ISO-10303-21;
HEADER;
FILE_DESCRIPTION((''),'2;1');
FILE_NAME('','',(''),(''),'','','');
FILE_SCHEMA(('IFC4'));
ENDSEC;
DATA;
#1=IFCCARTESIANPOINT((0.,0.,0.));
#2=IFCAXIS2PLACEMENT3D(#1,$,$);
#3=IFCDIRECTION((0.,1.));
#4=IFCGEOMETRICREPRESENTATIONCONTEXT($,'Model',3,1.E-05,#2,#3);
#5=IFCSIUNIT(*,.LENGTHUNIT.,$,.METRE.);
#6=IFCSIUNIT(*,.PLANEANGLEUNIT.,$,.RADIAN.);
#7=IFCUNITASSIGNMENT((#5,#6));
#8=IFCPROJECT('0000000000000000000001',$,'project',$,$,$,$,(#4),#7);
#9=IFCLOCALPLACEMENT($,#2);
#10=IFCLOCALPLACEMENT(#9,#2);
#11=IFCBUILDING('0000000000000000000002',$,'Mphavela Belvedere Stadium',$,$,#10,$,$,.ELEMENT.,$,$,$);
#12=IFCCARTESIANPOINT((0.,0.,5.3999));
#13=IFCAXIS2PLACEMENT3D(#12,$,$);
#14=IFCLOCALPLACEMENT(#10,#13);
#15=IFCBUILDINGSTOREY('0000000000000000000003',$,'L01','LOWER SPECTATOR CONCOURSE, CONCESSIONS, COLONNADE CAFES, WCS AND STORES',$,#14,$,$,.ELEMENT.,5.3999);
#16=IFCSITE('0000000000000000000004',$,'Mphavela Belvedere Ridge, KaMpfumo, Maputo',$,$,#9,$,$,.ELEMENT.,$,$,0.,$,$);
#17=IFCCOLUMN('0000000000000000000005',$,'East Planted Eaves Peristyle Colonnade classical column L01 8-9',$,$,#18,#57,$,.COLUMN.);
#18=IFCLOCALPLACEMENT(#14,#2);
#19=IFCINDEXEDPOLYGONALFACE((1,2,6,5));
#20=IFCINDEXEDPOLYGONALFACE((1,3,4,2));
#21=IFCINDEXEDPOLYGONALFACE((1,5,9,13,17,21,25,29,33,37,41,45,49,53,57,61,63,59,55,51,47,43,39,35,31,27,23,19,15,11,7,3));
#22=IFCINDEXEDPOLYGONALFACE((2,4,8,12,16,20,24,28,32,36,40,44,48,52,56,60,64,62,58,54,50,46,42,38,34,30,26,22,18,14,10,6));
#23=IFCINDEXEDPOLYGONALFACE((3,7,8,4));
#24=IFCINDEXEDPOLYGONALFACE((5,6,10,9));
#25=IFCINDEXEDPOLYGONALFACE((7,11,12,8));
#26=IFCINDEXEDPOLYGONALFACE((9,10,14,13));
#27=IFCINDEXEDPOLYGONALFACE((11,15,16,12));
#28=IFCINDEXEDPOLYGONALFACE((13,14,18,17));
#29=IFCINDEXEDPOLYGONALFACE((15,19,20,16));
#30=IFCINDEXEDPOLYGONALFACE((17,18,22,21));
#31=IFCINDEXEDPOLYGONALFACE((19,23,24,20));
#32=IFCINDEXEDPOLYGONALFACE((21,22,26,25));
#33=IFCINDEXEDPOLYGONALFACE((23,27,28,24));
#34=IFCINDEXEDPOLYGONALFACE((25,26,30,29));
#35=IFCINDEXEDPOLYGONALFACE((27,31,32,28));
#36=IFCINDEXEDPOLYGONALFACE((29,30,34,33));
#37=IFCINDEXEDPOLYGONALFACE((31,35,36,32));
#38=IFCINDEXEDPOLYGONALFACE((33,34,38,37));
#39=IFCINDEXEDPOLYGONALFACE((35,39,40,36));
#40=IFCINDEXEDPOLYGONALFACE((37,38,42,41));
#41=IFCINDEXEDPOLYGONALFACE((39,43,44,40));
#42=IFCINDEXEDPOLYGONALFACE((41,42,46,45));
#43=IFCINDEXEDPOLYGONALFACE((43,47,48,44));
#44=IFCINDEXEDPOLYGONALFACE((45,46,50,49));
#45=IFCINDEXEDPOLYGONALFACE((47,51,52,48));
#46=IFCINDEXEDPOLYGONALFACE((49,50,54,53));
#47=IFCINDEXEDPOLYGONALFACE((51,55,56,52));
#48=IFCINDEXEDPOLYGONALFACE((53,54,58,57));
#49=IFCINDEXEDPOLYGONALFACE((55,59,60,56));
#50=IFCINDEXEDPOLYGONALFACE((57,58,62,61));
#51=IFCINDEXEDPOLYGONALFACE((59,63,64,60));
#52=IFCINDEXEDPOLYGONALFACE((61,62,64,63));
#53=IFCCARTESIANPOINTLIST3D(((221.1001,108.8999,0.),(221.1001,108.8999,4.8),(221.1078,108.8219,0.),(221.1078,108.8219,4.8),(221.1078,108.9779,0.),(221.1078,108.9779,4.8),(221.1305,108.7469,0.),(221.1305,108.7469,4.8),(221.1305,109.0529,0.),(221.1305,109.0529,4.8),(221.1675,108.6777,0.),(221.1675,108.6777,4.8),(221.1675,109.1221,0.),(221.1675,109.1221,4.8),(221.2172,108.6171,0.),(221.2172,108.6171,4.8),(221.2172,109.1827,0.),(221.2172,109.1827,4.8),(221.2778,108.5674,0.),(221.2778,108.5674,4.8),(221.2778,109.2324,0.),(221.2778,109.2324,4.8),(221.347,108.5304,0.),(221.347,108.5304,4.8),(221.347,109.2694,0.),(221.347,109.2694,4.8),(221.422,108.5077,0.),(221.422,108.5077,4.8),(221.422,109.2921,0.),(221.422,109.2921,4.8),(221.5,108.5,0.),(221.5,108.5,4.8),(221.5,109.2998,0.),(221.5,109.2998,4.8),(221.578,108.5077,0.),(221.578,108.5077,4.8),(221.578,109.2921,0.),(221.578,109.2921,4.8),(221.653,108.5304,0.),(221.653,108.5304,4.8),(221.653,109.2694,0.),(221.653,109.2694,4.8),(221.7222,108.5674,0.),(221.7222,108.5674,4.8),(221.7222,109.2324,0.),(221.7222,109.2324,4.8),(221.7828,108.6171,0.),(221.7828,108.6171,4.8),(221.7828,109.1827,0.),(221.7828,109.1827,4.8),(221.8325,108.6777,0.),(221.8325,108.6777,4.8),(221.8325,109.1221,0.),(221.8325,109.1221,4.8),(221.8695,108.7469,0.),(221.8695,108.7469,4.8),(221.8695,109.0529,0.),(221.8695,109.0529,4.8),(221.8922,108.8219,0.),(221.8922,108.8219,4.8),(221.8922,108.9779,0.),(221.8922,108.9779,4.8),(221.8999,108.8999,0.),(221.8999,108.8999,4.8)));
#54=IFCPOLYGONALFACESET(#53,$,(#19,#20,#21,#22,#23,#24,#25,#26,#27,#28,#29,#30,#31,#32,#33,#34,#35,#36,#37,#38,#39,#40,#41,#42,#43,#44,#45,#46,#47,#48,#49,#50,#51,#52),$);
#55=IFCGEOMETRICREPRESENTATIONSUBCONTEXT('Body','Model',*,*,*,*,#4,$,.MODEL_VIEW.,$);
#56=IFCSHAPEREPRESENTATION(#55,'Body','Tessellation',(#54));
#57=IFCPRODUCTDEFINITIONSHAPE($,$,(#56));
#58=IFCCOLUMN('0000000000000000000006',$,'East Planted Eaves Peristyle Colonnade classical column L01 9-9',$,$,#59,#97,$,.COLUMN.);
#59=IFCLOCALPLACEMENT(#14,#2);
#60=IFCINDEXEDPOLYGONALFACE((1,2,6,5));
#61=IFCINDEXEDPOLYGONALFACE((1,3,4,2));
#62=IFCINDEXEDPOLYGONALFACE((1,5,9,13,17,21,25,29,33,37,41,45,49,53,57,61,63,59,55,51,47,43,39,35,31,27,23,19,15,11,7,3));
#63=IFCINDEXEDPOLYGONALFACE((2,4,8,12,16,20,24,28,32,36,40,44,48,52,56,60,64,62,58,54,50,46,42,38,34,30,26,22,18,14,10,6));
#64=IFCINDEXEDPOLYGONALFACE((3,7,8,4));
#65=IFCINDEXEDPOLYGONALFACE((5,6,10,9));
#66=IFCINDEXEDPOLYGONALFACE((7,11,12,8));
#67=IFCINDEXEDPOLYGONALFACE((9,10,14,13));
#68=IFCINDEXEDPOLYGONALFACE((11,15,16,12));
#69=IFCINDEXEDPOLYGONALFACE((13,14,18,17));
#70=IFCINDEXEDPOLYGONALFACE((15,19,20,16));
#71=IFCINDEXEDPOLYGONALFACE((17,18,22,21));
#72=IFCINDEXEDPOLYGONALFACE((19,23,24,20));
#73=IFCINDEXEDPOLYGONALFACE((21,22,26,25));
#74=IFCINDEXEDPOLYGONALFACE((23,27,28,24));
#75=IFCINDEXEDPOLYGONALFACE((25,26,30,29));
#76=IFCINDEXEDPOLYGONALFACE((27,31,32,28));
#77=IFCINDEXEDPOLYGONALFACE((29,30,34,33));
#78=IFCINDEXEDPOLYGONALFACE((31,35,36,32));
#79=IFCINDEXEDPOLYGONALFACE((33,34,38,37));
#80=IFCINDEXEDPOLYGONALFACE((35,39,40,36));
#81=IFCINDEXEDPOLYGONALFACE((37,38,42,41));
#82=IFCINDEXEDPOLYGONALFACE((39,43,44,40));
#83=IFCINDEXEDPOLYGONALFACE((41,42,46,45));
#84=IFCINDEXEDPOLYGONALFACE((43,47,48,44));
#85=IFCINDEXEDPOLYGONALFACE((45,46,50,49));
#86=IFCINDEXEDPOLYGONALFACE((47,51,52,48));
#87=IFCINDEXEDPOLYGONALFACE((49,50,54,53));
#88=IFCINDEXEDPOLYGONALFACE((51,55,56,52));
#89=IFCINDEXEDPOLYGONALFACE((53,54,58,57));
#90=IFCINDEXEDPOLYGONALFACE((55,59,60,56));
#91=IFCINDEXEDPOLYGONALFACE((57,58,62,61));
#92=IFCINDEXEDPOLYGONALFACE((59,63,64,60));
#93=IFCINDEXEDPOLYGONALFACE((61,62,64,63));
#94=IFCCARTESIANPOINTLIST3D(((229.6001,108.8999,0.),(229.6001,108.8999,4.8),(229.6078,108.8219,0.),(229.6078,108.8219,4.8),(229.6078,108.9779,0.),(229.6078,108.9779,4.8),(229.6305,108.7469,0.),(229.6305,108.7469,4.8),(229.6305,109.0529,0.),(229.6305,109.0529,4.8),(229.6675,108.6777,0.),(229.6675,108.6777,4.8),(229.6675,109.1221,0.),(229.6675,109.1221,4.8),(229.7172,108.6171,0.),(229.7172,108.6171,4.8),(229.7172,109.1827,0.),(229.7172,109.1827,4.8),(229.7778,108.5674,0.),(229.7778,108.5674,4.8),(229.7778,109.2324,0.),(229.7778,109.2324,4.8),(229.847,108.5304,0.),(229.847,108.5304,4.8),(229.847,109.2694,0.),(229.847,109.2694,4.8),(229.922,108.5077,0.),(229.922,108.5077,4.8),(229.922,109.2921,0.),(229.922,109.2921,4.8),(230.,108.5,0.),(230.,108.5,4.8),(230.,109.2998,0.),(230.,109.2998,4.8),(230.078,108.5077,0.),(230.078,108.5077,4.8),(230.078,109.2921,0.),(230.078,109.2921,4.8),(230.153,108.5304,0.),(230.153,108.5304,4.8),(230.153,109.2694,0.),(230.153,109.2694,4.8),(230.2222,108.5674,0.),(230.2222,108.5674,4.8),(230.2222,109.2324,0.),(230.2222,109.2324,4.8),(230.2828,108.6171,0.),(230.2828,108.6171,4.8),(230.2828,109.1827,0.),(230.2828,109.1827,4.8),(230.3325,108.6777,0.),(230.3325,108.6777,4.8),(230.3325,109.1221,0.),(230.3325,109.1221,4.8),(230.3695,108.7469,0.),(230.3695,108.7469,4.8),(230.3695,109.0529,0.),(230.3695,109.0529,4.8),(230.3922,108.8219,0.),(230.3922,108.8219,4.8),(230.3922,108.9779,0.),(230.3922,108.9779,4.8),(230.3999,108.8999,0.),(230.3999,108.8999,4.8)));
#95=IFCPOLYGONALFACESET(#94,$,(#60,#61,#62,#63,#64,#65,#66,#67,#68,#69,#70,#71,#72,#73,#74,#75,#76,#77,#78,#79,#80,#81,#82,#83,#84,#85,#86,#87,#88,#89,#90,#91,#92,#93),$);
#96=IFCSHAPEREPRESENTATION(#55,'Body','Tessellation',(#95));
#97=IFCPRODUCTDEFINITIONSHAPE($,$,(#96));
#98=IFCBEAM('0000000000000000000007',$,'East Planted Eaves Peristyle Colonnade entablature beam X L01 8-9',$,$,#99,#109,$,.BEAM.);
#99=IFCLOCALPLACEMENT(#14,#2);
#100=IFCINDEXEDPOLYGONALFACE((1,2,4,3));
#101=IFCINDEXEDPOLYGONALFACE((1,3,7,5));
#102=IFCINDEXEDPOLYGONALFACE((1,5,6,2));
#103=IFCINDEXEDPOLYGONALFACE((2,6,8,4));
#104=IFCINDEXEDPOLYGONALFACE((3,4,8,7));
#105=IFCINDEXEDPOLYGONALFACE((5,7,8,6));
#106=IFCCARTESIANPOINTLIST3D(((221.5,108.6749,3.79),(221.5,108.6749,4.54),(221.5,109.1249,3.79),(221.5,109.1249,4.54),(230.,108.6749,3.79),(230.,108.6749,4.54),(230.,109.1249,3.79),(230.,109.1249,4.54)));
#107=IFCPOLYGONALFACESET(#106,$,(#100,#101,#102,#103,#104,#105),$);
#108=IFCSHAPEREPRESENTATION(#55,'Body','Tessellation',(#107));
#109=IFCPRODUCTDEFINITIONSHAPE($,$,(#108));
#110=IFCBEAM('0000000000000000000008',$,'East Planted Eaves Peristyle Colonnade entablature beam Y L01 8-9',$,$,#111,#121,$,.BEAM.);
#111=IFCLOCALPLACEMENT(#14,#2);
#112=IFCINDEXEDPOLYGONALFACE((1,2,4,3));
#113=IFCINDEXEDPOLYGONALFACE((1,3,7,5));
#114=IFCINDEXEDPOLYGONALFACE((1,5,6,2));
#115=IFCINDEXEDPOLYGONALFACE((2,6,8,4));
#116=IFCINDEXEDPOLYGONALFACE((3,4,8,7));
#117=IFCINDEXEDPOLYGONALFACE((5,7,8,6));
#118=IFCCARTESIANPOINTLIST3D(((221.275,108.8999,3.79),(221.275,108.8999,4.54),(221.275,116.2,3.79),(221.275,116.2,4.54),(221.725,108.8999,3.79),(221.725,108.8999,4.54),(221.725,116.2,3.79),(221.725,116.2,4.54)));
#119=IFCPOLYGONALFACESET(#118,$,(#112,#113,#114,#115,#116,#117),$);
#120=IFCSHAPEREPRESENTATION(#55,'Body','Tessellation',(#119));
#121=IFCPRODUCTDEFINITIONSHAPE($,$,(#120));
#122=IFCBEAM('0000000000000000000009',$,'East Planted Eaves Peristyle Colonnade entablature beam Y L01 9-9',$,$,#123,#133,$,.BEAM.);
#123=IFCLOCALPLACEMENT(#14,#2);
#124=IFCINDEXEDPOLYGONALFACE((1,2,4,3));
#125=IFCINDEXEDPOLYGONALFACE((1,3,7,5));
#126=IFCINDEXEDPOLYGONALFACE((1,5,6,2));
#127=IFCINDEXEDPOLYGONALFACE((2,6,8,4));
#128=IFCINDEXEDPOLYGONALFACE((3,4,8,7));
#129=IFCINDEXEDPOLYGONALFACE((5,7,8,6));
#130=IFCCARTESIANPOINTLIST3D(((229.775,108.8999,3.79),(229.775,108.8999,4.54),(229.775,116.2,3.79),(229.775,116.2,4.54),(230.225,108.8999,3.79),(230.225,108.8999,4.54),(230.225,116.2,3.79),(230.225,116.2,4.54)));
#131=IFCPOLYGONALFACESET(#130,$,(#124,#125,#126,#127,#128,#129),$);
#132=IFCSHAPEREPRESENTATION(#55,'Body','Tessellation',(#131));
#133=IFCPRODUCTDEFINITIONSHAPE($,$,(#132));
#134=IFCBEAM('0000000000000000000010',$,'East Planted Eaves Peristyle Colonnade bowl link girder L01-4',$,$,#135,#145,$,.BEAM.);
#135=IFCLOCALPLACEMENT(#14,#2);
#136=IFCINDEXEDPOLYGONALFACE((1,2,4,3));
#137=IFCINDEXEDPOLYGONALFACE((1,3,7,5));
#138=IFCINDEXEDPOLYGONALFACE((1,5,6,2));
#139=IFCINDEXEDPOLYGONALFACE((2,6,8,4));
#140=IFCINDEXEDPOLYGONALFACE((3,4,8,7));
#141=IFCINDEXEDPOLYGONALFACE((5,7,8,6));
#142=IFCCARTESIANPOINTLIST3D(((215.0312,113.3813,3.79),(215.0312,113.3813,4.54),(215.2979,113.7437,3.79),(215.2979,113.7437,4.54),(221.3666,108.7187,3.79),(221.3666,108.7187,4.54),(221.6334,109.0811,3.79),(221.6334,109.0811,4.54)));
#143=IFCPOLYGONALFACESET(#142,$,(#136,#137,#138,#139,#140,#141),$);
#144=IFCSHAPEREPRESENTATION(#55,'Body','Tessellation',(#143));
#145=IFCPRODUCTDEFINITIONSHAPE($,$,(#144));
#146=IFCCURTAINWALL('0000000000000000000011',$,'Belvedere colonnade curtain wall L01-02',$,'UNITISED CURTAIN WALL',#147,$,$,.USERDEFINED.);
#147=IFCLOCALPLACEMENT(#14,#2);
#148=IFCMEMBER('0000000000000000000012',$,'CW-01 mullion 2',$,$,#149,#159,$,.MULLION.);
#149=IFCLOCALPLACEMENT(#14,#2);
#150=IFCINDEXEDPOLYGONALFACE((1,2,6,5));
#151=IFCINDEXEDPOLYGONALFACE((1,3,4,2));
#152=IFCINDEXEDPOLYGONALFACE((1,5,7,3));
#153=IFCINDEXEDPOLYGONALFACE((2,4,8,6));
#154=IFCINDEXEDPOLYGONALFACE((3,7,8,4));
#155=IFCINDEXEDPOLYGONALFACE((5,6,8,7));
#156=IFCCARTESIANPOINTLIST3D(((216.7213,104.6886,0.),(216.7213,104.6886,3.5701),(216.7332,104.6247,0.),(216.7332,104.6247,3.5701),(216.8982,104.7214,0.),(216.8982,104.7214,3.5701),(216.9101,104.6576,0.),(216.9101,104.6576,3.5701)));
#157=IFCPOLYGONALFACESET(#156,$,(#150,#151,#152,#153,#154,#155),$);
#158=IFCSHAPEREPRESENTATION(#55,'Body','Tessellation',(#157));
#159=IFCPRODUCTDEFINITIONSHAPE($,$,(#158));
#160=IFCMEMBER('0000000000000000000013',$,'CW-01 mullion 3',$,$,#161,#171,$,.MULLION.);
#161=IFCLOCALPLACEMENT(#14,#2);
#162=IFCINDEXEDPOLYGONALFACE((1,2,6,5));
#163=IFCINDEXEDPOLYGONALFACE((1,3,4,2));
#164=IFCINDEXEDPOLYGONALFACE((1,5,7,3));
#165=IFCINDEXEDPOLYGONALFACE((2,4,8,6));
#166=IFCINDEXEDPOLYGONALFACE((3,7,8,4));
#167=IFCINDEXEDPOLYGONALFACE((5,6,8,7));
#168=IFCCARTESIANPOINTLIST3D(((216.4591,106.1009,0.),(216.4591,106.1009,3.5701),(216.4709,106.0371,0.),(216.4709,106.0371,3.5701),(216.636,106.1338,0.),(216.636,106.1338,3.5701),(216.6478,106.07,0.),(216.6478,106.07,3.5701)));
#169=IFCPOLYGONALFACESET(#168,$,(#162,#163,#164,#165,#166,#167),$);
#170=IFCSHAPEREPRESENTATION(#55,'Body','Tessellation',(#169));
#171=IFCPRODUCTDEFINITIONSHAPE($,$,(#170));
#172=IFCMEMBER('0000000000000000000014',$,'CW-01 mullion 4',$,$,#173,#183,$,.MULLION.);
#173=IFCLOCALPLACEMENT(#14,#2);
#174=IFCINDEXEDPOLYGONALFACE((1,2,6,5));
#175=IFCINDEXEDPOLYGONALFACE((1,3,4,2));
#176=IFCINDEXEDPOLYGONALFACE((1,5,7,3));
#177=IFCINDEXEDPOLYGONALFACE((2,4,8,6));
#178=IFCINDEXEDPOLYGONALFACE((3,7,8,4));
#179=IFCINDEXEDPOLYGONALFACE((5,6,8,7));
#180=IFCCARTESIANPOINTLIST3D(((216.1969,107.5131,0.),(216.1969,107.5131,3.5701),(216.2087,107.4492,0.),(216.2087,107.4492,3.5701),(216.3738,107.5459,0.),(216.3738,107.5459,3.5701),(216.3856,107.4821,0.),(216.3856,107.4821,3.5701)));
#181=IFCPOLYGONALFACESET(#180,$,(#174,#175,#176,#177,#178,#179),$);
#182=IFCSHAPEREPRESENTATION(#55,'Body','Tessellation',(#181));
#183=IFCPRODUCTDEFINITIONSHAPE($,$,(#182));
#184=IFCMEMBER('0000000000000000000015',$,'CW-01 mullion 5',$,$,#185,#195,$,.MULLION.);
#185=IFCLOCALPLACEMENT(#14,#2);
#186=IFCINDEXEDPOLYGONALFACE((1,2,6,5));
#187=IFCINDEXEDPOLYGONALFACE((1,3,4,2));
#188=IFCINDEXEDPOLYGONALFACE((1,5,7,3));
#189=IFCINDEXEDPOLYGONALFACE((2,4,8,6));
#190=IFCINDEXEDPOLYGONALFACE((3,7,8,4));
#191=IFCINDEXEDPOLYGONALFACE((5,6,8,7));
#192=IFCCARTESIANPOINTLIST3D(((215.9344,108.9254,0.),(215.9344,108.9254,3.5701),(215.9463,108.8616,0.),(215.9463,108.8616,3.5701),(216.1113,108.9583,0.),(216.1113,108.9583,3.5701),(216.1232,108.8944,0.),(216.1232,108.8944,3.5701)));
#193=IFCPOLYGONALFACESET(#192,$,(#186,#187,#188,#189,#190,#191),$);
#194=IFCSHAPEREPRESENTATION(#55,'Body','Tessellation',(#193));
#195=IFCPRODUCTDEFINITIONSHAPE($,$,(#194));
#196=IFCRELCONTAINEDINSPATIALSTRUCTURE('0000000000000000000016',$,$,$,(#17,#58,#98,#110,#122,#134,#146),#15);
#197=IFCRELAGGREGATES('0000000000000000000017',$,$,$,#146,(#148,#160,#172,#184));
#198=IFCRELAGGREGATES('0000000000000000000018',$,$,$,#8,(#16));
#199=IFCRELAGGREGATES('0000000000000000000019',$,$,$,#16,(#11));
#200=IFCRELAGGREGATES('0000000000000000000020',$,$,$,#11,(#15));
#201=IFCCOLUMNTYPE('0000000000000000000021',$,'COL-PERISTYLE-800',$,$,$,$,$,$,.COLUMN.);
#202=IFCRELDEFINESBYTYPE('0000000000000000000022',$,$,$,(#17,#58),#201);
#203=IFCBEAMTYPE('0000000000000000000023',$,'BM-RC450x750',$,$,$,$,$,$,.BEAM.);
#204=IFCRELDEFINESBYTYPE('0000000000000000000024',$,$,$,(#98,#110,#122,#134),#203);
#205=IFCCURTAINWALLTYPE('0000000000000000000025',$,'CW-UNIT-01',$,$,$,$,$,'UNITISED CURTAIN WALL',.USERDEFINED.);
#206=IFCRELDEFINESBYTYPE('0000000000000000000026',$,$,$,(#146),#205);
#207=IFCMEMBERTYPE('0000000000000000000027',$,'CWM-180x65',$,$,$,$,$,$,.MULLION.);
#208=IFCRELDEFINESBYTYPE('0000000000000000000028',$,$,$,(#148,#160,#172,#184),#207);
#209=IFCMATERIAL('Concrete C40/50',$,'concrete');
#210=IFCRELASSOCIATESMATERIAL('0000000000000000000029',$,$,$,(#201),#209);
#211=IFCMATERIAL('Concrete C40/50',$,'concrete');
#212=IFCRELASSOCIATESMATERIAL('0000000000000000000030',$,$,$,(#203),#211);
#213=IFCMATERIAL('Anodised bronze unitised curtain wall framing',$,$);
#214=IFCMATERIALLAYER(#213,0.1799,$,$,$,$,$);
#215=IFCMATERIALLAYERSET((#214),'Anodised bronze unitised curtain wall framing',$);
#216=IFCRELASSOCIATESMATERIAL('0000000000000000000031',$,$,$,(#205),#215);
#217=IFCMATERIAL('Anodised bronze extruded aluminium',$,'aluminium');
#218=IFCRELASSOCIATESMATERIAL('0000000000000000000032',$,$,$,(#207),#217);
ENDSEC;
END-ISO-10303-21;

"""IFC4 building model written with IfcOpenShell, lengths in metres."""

from ifc_helpers import new_model, si_unit, direction, frame, origin, origin_2d, place, context, subcontext, project, spatial, rectangle, circle, extrude, material, layer, layer_set, material_profile, profile_set, type_object, element, aggregate, save


model = new_model("IFC4")

# Units and contexts
model_context = context("Model", 3, precision=1e-05, world=origin(), true_north=direction((0.0, 1.0)))
body_context = subcontext(model_context, "Body", "Model", "MODEL_VIEW")
ifc_project = project(units=[si_unit("LENGTHUNIT", "METRE"), si_unit("PLANEANGLEUNIT", "RADIAN")], contexts=[model_context])

# Site, building, storey
site_placement = place(None, origin())
site = spatial("IfcSite", under=ifc_project, at=site_placement, Name="Mphavela Belvedere Ridge, KaMpfumo, Maputo", CompositionType="ELEMENT", RefElevation=0.0)
building_placement = place(site_placement, origin())
building = spatial("IfcBuilding", under=site, at=building_placement, Name="Mphavela Belvedere Stadium", CompositionType="ELEMENT")
storey_placement = place(building_placement, frame((0.0, 0.0, 5.3999)))
storey = spatial("IfcBuildingStorey", under=building, at=storey_placement, Name="L01", Description="LOWER SPECTATOR CONCOURSE, CONCESSIONS, COLONNADE CAFES, WCS AND STORES", CompositionType="ELEMENT", Elevation=5.3999)

# Columns
ifc_material_1 = material(Name="Concrete C40/50", Category="concrete")
ifc_material_profile_1 = material_profile(ifc_material_1, circle(Radius=0.3999, at=origin_2d()), Name="COL D800")
ifc_profile_set_1 = profile_set([ifc_material_profile_1], Name="Concrete C40/50")
column_type = type_object("IfcColumnType", Name="COL-PERISTYLE-800", PredefinedType="COLUMN", material=ifc_profile_set_1)
for number, where, z_axis, x_axis, name in (
    (1, (221.5, 108.8999, 0.0), (0.0, 0.0, 1.0), (1.0, 0.0, 0.0), "East Planted Eaves Peristyle Colonnade classical column L01 8-9"),
    (2, (230.0, 108.8999, 0.0), (0.0, 0.0, 1.0), (1.0, 0.0, 0.0), "East Planted Eaves Peristyle Colonnade classical column L01 9-9"),
):
    element("IfcColumn", number, at=place(storey_placement, frame(where, z_axis=z_axis, x_axis=x_axis)), inside=storey, type_object=column_type, Name=name, PredefinedType="COLUMN", context=body_context, shape_type="SweptSolid", body=[
        extrude(circle(Radius=0.3999, at=origin_2d()), origin(), (0.0, 0.0, 1.0), 4.8),
    ])

# Beams
ifc_material_2 = material(Name="Concrete C40/50", Category="concrete")
ifc_material_profile_2 = material_profile(ifc_material_2, rectangle(XDim=0.45, YDim=0.75, at=origin_2d()), Name="RC 450x750")
ifc_profile_set_2 = profile_set([ifc_material_profile_2], Name="Concrete C40/50")
beam_type = type_object("IfcBeamType", Name="BM-RC450x750", PredefinedType="BEAM", material=ifc_profile_set_2)
beam_1_placement = place(storey_placement, frame((221.5, 108.8999, 4.165), z_axis=(1.0, 0.0, 0.0), x_axis=(0.0, 1.0, 0.0)))
element("IfcBeam", 3, at=beam_1_placement, inside=storey, type_object=beam_type, Name="East Planted Eaves Peristyle Colonnade entablature beam X L01 8-9", PredefinedType="BEAM", context=body_context, shape_type="SweptSolid", body=[
    extrude(rectangle(XDim=0.45, YDim=0.75, at=origin_2d()), origin(), (0.0, 0.0, 1.0), 8.5),
])
for number, where, z_axis, x_axis, name in (
    (4, (221.5, 108.8999, 4.165), (0.0, 1.0, 0.0), (-1.0, 0.0, 0.0), "East Planted Eaves Peristyle Colonnade entablature beam Y L01 8-9"),
    (5, (230.0, 108.8999, 4.165), (0.0, 1.0, 0.0), (-1.0, 0.0, 0.0), "East Planted Eaves Peristyle Colonnade entablature beam Y L01 9-9"),
):
    element("IfcBeam", number, at=place(storey_placement, frame(where, z_axis=z_axis, x_axis=x_axis)), inside=storey, type_object=beam_type, Name=name, PredefinedType="BEAM", context=body_context, shape_type="SweptSolid", body=[
        extrude(rectangle(XDim=0.45, YDim=0.75, at=origin_2d()), origin(), (0.0, 0.0, 1.0), 7.3),
    ])
beam_2_placement = place(storey_placement, frame((221.5, 108.8999, 4.165), z_axis=(-0.805397, 0.592735, 0.0), x_axis=(-0.592735, -0.805397, 0.0)))
element("IfcBeam", 6, at=beam_2_placement, inside=storey, type_object=beam_type, Name="East Planted Eaves Peristyle Colonnade bowl link girder L01-4", PredefinedType="BEAM", context=body_context, shape_type="SweptSolid", body=[
    extrude(rectangle(XDim=0.45, YDim=0.75, at=origin_2d()), origin(), (0.0, 0.0, 1.0), 7.8662),
])

# Curtain wall, members
ifc_material_3 = material(Name="Anodised bronze unitised curtain wall framing")
ifc_layer_1 = layer(ifc_material_3, 0.1799)
ifc_layer_set_1 = layer_set([ifc_layer_1], Name="Anodised bronze unitised curtain wall framing")
curtain_wall_type = type_object("IfcCurtainWallType", Name="CW-UNIT-01", ElementType="UNITISED CURTAIN WALL", PredefinedType="USERDEFINED", material=ifc_layer_set_1)
curtain_wall_placement = place(storey_placement, origin())
curtain_wall = element("IfcCurtainWall", 7, at=curtain_wall_placement, inside=storey, type_object=curtain_wall_type, Name="Belvedere colonnade curtain wall L01-02", ObjectType="UNITISED CURTAIN WALL", PredefinedType="USERDEFINED")
ifc_material_4 = material(Name="Anodised bronze extruded aluminium", Category="aluminium")
ifc_material_profile_3 = material_profile(ifc_material_4, rectangle(XDim=0.1799, YDim=0.0649, at=origin_2d()), Name="CW-MUL 180x65")
ifc_profile_set_3 = profile_set([ifc_material_profile_3], Name="Anodised bronze extruded aluminium")
member_type_1 = type_object("IfcMemberType", Name="CWM-180x65", PredefinedType="MULLION", material=ifc_profile_set_3)
member_1_placement = place(storey_placement, frame((216.8157, 104.6731, 0.0), z_axis=(0.0, 0.0, 1.0), x_axis=(-0.983184, -0.18262, 0.0)))
member_1 = element("IfcMember", 8, at=member_1_placement, type_object=member_type_1, Name="CW-01 mullion 2", PredefinedType="MULLION", context=body_context, shape_type="SweptSolid", body=[
    extrude(rectangle(XDim=0.1799, YDim=0.0649, at=origin_2d()), origin(), (0.0, 0.0, 1.0), 3.5701),
])
member_2_placement = place(storey_placement, frame((216.5535, 106.0854, 0.0), z_axis=(0.0, 0.0, 1.0), x_axis=(-0.983184, -0.18262, 0.0)))
member_2 = element("IfcMember", 9, at=member_2_placement, type_object=member_type_1, Name="CW-01 mullion 3", PredefinedType="MULLION", context=body_context, shape_type="SweptSolid", body=[
    extrude(rectangle(XDim=0.1799, YDim=0.0649, at=origin_2d()), origin(), (0.0, 0.0, 1.0), 3.5701),
])
member_3_placement = place(storey_placement, frame((216.2913, 107.4976, 0.0), z_axis=(0.0, 0.0, 1.0), x_axis=(-0.983184, -0.18262, 0.0)))
member_3 = element("IfcMember", 10, at=member_3_placement, type_object=member_type_1, Name="CW-01 mullion 4", PredefinedType="MULLION", context=body_context, shape_type="SweptSolid", body=[
    extrude(rectangle(XDim=0.1799, YDim=0.0649, at=origin_2d()), origin(), (0.0, 0.0, 1.0), 3.5701),
])
member_4_placement = place(storey_placement, frame((216.0288, 108.9099, 0.0), z_axis=(0.0, 0.0, 1.0), x_axis=(-0.983184, -0.18262, 0.0)))
member_4 = element("IfcMember", 11, at=member_4_placement, type_object=member_type_1, Name="CW-01 mullion 5", PredefinedType="MULLION", context=body_context, shape_type="SweptSolid", body=[
    extrude(rectangle(XDim=0.1799, YDim=0.0649, at=origin_2d()), origin(), (0.0, 0.0, 1.0), 3.5701),
])
aggregate(curtain_wall, [member_1, member_2, member_3, member_4])

save(model, "model.ifc")
